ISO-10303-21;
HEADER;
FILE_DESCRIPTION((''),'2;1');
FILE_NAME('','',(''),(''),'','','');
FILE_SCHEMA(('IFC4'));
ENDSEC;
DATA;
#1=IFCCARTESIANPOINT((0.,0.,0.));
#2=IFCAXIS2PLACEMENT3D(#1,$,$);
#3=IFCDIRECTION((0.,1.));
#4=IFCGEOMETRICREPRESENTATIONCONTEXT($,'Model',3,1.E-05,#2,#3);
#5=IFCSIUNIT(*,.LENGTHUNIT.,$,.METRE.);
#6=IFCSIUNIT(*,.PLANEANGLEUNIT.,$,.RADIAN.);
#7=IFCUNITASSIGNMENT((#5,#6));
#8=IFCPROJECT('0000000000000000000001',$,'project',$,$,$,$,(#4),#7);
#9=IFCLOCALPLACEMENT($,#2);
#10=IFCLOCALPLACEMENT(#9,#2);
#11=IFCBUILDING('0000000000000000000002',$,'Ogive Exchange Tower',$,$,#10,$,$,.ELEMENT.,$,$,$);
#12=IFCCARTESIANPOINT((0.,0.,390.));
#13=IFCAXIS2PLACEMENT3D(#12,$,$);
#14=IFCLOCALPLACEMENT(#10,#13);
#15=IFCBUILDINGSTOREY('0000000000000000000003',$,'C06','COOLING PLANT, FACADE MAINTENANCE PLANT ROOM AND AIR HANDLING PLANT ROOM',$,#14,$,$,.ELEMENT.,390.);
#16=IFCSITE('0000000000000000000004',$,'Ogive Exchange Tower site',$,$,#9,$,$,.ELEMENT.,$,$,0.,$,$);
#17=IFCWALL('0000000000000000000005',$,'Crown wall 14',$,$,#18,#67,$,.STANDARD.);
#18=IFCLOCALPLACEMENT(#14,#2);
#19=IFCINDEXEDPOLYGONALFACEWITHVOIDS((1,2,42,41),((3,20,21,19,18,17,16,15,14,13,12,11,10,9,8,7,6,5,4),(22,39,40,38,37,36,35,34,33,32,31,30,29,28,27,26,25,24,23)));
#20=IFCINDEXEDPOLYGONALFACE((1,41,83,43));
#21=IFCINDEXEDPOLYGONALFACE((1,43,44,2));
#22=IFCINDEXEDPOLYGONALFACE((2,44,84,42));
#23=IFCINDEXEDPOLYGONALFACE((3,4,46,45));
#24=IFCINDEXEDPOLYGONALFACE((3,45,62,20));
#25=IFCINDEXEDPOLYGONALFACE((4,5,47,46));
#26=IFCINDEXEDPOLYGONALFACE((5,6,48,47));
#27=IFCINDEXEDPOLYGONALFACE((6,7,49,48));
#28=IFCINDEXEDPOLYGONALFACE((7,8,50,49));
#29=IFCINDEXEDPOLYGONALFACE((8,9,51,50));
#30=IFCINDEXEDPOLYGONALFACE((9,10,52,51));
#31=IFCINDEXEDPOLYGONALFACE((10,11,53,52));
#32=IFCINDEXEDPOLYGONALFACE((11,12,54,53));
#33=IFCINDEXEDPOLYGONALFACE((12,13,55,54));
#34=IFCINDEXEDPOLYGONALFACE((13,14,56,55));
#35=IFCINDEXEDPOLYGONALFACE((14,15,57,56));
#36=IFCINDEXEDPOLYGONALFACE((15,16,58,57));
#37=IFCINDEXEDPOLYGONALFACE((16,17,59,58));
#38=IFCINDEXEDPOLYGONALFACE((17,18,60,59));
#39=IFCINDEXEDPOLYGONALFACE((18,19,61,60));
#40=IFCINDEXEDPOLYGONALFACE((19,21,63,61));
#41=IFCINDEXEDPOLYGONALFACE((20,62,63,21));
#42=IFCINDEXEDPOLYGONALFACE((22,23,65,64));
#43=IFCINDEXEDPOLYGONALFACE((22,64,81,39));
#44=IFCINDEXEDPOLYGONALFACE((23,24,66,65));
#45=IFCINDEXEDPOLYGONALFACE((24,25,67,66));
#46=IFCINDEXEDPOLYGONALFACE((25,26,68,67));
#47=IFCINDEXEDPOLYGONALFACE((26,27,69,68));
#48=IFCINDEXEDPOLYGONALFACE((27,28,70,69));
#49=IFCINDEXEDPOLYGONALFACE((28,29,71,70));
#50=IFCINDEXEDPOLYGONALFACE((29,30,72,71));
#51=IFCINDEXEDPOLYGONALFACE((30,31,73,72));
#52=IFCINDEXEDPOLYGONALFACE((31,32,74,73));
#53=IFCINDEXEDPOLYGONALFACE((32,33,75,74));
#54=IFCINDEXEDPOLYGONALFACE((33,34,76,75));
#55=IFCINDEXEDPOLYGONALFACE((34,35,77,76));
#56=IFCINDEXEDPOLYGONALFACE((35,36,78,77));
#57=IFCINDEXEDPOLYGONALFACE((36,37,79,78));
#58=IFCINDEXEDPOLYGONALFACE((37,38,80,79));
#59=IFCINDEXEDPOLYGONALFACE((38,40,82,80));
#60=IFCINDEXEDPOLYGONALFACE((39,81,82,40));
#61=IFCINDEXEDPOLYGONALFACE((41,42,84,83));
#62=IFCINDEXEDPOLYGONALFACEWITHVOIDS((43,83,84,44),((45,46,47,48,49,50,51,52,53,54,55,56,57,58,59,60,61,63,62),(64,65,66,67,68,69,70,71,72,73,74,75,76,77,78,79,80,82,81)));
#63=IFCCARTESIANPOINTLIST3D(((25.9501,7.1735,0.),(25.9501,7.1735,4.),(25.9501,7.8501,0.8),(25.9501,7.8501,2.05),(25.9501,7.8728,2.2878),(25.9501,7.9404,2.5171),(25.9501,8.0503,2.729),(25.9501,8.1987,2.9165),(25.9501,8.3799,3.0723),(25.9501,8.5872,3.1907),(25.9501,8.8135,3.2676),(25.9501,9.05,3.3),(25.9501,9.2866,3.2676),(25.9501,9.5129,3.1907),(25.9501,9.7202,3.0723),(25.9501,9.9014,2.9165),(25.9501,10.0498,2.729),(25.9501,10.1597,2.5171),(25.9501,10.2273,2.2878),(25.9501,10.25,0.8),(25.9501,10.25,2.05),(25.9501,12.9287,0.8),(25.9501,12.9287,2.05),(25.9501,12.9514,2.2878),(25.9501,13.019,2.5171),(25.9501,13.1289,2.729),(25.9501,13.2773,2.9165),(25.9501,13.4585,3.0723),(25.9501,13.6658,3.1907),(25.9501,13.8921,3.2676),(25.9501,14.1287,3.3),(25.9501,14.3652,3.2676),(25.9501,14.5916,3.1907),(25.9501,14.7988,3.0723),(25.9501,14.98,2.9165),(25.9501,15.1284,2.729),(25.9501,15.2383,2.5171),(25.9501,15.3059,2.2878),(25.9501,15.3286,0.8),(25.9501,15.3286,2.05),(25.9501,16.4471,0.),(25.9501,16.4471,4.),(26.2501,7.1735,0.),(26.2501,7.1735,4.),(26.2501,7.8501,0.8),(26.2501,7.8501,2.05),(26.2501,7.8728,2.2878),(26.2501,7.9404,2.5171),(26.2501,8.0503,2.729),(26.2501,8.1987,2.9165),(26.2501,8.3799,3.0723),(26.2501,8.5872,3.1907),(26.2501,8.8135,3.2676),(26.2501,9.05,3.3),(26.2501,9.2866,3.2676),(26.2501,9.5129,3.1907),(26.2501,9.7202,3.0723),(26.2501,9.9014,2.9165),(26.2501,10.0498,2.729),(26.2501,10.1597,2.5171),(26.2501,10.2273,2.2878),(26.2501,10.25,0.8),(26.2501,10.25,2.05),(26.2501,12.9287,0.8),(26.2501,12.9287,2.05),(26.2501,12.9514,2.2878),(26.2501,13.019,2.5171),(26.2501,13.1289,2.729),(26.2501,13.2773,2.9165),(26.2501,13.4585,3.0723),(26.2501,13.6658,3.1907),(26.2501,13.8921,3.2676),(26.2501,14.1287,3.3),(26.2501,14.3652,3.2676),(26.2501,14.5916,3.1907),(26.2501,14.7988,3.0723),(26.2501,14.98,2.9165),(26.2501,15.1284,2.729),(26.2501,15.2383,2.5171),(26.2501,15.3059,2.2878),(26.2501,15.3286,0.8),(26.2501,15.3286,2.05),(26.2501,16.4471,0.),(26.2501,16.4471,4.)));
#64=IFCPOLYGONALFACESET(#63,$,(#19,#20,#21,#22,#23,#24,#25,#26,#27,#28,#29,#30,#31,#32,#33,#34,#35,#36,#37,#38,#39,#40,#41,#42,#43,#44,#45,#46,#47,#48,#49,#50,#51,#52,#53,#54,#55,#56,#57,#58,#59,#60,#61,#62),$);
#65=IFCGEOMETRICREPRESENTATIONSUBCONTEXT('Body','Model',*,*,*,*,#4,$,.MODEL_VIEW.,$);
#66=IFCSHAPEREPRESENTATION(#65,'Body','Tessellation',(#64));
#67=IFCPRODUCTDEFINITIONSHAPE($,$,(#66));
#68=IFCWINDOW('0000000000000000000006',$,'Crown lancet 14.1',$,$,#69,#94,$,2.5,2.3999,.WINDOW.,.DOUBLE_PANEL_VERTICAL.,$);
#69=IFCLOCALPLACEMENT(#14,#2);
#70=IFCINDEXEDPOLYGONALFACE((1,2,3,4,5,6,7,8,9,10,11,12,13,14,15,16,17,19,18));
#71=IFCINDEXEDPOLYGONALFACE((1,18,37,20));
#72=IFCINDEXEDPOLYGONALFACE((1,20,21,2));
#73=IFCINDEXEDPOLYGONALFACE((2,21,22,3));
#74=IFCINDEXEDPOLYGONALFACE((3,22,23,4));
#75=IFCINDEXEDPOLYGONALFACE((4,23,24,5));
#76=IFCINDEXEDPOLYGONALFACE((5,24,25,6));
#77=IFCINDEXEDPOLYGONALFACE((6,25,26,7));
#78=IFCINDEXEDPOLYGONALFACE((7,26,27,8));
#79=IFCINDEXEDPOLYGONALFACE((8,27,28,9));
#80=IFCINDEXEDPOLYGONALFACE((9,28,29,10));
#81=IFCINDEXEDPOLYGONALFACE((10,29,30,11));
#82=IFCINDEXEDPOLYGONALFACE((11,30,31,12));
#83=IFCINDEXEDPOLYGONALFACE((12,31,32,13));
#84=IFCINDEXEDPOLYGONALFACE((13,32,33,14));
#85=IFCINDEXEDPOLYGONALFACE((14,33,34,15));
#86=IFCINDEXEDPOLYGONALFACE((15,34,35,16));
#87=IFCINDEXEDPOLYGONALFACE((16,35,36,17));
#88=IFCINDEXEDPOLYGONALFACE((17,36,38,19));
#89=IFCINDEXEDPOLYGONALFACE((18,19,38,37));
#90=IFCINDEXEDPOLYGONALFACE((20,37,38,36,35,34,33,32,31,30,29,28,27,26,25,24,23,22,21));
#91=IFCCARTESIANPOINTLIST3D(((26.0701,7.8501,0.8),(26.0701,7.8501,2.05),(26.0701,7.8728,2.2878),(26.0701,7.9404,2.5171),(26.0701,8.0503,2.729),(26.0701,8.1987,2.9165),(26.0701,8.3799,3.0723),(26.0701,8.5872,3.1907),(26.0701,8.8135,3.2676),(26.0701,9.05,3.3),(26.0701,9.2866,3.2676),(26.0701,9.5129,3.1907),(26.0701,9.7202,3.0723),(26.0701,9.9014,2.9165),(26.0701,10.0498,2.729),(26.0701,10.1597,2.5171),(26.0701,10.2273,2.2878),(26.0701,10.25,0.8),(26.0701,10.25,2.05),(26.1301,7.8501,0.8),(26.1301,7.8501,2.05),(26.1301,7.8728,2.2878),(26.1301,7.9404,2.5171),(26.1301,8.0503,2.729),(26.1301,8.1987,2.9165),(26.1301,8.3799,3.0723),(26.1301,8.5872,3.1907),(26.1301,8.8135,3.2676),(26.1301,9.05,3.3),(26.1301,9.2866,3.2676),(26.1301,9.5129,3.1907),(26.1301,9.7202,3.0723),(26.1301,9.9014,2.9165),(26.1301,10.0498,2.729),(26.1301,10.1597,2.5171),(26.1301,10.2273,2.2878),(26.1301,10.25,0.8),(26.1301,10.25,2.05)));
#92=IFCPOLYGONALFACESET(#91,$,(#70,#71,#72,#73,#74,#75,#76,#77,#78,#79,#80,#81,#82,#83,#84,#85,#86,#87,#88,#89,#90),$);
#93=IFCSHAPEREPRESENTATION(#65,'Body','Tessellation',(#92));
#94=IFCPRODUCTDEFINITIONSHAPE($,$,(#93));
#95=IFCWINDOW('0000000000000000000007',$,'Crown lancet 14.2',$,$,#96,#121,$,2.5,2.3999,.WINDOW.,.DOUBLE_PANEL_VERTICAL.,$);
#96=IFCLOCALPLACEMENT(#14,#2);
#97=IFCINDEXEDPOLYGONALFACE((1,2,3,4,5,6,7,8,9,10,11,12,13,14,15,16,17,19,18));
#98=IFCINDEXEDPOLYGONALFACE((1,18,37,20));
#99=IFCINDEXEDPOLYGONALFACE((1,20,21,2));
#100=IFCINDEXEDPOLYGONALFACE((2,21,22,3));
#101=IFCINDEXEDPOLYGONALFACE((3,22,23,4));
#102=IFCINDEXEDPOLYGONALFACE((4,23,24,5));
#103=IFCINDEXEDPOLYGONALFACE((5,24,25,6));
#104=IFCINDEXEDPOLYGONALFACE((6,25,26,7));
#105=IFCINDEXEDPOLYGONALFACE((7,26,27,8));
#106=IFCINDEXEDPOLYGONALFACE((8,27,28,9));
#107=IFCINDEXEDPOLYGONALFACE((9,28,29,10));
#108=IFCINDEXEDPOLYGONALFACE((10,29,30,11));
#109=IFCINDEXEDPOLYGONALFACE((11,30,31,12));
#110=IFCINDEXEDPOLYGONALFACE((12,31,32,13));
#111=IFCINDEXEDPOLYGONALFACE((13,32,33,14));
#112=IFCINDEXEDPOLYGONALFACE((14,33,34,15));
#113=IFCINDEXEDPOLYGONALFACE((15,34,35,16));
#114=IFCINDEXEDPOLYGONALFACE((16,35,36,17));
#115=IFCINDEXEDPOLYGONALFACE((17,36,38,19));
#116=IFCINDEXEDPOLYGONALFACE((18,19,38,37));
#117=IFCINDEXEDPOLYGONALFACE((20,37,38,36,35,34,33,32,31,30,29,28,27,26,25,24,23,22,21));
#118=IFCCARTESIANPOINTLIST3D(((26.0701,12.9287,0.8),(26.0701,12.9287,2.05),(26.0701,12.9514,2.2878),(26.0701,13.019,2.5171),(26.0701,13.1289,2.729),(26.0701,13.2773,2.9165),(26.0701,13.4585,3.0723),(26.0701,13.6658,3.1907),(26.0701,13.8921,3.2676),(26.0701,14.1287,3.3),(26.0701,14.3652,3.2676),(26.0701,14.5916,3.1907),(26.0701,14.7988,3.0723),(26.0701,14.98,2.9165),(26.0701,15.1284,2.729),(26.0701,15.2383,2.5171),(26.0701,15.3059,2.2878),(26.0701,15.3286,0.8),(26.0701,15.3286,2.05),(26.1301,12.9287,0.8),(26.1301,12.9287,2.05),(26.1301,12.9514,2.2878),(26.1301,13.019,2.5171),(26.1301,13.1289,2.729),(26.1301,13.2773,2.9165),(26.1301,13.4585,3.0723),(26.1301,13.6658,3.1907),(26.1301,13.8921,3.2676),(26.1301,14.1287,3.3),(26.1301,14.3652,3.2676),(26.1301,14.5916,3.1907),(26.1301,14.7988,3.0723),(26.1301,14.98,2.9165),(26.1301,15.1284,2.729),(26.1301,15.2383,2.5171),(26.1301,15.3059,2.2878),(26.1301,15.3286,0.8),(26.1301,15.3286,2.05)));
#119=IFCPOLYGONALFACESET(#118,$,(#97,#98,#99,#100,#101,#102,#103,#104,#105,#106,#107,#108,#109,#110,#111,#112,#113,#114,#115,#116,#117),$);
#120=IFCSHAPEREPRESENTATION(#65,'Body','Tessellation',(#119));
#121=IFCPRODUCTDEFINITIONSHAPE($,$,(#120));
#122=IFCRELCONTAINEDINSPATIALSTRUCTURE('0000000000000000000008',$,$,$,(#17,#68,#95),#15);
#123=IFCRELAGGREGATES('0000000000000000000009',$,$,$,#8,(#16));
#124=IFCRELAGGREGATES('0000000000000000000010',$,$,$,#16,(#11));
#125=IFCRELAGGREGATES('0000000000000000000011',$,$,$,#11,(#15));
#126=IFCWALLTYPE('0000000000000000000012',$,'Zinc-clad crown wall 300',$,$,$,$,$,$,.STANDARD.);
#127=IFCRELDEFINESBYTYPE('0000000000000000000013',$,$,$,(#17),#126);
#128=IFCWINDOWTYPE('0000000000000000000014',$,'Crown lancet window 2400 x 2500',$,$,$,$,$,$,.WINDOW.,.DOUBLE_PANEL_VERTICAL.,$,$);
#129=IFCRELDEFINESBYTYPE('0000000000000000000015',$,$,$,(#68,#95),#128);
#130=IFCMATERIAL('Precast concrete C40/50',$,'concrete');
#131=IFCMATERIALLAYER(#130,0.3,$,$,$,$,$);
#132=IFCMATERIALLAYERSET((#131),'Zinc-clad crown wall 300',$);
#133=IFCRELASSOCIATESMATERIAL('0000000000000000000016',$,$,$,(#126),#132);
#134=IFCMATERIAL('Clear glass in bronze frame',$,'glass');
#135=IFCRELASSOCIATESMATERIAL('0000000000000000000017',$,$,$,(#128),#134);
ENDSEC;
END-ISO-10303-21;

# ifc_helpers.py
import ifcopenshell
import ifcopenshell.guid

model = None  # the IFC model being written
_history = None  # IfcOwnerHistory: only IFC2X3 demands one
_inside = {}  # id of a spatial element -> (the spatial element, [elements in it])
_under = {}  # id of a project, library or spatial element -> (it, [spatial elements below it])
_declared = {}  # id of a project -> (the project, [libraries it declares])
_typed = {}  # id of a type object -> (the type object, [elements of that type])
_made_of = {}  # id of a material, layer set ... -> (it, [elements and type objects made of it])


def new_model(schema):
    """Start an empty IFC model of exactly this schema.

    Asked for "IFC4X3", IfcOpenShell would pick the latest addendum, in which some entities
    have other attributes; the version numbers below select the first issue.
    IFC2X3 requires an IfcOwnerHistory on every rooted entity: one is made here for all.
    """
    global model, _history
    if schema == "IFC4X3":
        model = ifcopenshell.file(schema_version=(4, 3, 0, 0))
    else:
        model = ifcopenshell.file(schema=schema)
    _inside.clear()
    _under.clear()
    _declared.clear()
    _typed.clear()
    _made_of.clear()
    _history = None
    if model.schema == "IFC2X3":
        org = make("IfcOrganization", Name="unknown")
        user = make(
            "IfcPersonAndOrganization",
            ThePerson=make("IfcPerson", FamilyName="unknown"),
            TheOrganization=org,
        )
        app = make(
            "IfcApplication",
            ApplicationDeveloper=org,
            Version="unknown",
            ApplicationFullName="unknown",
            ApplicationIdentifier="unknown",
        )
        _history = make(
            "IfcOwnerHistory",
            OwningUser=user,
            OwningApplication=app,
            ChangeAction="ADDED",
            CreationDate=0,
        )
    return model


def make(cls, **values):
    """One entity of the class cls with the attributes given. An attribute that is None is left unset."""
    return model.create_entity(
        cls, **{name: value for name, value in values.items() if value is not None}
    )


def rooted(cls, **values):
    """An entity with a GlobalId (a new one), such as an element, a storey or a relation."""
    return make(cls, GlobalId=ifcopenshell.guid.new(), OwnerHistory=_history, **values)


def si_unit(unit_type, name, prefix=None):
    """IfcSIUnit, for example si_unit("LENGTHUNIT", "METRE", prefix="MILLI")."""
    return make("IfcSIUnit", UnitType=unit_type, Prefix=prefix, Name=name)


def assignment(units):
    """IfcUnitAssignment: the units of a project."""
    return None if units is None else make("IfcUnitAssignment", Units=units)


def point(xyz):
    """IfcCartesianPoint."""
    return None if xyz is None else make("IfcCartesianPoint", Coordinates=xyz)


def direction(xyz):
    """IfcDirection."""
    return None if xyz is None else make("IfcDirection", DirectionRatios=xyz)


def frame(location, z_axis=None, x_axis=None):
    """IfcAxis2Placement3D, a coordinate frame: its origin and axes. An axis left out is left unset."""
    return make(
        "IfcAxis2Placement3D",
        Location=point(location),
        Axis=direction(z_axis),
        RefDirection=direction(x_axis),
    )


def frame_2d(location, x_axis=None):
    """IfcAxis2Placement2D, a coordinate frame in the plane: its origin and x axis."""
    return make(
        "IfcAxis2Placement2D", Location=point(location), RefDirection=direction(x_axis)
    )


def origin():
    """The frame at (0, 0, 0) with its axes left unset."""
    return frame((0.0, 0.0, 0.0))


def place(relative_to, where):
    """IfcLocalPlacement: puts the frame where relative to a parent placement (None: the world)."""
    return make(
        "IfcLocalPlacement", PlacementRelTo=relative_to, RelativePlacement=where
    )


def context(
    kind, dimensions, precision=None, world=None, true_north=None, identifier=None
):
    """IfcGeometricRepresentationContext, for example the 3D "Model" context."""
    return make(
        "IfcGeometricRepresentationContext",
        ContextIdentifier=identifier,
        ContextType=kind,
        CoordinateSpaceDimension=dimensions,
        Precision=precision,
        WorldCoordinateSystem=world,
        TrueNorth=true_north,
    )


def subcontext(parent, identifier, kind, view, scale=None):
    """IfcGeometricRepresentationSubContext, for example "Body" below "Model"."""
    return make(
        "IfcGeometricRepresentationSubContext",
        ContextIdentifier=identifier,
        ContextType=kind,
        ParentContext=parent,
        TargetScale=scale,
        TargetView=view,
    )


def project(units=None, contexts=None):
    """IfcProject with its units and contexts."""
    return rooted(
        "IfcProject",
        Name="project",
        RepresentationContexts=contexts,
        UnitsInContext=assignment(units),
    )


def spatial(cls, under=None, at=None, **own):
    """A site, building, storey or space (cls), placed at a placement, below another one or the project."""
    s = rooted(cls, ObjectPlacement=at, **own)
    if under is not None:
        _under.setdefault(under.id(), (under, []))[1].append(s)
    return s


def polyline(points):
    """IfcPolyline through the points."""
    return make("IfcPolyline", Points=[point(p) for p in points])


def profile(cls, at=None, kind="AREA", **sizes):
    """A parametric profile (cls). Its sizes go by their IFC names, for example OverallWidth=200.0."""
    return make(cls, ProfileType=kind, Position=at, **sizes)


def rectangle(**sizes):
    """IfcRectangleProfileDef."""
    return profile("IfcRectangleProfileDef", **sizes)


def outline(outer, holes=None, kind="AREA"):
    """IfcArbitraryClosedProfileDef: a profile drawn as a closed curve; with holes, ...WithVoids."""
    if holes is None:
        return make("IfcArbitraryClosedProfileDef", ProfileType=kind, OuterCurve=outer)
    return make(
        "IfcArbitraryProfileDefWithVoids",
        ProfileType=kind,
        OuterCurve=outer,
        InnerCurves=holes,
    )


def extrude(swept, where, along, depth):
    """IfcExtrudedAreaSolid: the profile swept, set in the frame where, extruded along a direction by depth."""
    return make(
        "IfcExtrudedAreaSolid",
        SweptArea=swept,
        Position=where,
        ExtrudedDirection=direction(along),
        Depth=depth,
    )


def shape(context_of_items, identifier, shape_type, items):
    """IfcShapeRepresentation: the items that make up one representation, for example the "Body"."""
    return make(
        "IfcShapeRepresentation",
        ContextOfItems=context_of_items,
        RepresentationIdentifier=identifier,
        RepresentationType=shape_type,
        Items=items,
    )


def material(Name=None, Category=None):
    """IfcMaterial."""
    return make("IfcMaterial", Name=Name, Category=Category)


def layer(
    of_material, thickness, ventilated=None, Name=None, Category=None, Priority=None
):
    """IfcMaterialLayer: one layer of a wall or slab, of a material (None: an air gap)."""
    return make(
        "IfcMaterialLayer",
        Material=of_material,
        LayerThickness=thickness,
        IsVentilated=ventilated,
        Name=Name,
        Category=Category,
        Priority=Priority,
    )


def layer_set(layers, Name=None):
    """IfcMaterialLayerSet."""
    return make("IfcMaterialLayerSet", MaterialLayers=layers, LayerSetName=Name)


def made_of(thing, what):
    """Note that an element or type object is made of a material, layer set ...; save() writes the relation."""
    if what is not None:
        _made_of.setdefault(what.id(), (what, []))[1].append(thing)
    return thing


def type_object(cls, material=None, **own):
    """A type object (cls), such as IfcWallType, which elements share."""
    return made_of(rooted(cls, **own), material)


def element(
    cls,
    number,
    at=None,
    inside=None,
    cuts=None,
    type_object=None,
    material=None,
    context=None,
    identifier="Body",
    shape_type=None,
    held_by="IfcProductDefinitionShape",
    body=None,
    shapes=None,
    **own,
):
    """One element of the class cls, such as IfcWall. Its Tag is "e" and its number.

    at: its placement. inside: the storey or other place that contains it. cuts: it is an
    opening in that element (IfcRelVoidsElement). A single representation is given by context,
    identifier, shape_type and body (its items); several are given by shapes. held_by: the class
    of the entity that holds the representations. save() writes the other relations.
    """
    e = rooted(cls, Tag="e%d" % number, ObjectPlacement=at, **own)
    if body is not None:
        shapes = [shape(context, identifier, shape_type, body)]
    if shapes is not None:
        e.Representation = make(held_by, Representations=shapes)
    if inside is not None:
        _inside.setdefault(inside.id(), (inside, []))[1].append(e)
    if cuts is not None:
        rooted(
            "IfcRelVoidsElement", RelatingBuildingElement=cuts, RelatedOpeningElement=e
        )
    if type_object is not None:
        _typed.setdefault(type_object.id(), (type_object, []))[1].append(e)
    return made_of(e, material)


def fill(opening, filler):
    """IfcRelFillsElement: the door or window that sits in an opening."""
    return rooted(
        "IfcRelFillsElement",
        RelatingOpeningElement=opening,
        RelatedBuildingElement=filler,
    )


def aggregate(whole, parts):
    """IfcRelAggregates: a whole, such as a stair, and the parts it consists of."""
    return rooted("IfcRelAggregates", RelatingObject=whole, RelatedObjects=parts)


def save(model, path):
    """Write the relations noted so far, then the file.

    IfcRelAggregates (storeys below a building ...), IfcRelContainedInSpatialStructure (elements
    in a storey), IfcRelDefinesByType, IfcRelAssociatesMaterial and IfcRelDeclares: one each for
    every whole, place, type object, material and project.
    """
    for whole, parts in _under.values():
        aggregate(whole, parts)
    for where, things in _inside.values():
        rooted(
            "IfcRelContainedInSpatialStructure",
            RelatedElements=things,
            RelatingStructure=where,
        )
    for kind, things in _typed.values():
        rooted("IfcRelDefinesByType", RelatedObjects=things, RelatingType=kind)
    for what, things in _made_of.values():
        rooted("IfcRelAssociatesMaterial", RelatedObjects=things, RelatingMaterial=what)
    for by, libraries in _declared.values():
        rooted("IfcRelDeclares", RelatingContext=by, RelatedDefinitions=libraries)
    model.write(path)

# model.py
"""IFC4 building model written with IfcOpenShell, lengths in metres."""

from ifc_helpers import new_model, si_unit, direction, frame, frame_2d, origin, place, context, subcontext, project, spatial, polyline, rectangle, outline, extrude, material, layer, layer_set, type_object, element, fill, save


model = new_model("IFC4")

# Units and contexts
model_context = context("Model", 3, precision=1e-05, world=origin(), true_north=direction((0.0, 1.0)))
body_context = subcontext(model_context, "Body", "Model", "MODEL_VIEW")
ifc_project = project(units=[si_unit("LENGTHUNIT", "METRE"), si_unit("PLANEANGLEUNIT", "RADIAN")], contexts=[model_context])

# Site, building, storey
site_placement = place(None, origin())
site = spatial("IfcSite", under=ifc_project, at=site_placement, Name="Ogive Exchange Tower site", CompositionType="ELEMENT", RefElevation=0.0)
building_placement = place(site_placement, origin())
building = spatial("IfcBuilding", under=site, at=building_placement, Name="Ogive Exchange Tower", CompositionType="ELEMENT")
storey_placement = place(building_placement, frame((0.0, 0.0, 390.0)))
storey = spatial("IfcBuildingStorey", under=building, at=storey_placement, Name="C06", Description="COOLING PLANT, FACADE MAINTENANCE PLANT ROOM AND AIR HANDLING PLANT ROOM", CompositionType="ELEMENT", Elevation=390.0)

# Wall, openings, windows
ifc_material_1 = material(Name="Precast concrete C40/50", Category="concrete")
ifc_layer_1 = layer(ifc_material_1, 0.3)
ifc_layer_set_1 = layer_set([ifc_layer_1], Name="Zinc-clad crown wall 300")
wall_type_1 = type_object("IfcWallType", Name="Zinc-clad crown wall 300", PredefinedType="STANDARD", material=ifc_layer_set_1)
wall_1_placement = place(storey_placement, frame((26.1001, 7.1736, 0.0), z_axis=(0.0, 0.0, 1.0), x_axis=(0.0, 1.0, 0.0)))
wall_1 = element("IfcWall", 1, at=wall_1_placement, inside=storey, type_object=wall_type_1, Name="Crown wall 14", PredefinedType="STANDARD", context=body_context, shape_type="SweptSolid", body=[
    extrude(rectangle(XDim=9.2737, YDim=0.3, at=frame_2d((4.6367, 0.0))), origin(), (0.0, 0.0, 1.0), 4.0),
])
opening_1_placement = place(wall_1_placement, frame((0.6765, 0.0, 0.8)))
opening_1 = element("IfcOpeningElement", 2, at=opening_1_placement, cuts=wall_1, PredefinedType="OPENING", context=body_context, shape_type="SweptSolid", body=[
    extrude(outline(polyline([(0.0, 0.0), (2.3999, 0.0), (2.3999, 1.25), (2.3772, 1.4878), (2.3096, 1.717), (2.1997, 1.929), (2.0513, 2.1165), (1.8701, 2.2722), (1.6628, 2.3906), (1.4365, 2.4675), (1.2, 2.5), (0.9634, 2.4675), (0.7371, 2.3906), (0.5298, 2.2722), (0.3486, 2.1165), (0.2002, 1.929), (0.0903, 1.717), (0.0227, 1.4878), (0.0, 1.25), (0.0, 0.0)])), frame((0.0, 0.1599, 0.0), z_axis=(0.0, -1.0, 0.0), x_axis=(1.0, 0.0, 0.0)), (0.0, 0.0, 1.0), 0.3201),
])
opening_2_placement = place(wall_1_placement, frame((5.7551, 0.0, 0.8)))
opening_2 = element("IfcOpeningElement", 3, at=opening_2_placement, cuts=wall_1, PredefinedType="OPENING", context=body_context, shape_type="SweptSolid", body=[
    extrude(outline(polyline([(0.0, 0.0), (2.3999, 0.0), (2.3999, 1.25), (2.3772, 1.4878), (2.3096, 1.717), (2.1997, 1.929), (2.0513, 2.1165), (1.8701, 2.2722), (1.6628, 2.3906), (1.4365, 2.4675), (1.2, 2.5), (0.9634, 2.4675), (0.7371, 2.3906), (0.5298, 2.2722), (0.3486, 2.1165), (0.2002, 1.929), (0.0903, 1.717), (0.0227, 1.4878), (0.0, 1.25), (0.0, 0.0)])), frame((0.0, 0.1599, 0.0), z_axis=(0.0, -1.0, 0.0), x_axis=(1.0, 0.0, 0.0)), (0.0, 0.0, 1.0), 0.3201),
])
ifc_material_2 = material(Name="Clear glass in bronze frame", Category="glass")
window_type_1 = type_object("IfcWindowType", Name="Crown lancet window 2400 x 2500", PartitioningType="DOUBLE_PANEL_VERTICAL", PredefinedType="WINDOW", material=ifc_material_2)
window_1_placement = place(opening_1_placement, origin())
window_1 = element("IfcWindow", 4, at=window_1_placement, inside=storey, type_object=window_type_1, Name="Crown lancet 14.1", OverallHeight=2.5, OverallWidth=2.3999, PartitioningType="DOUBLE_PANEL_VERTICAL", PredefinedType="WINDOW", context=body_context, shape_type="SweptSolid", body=[
    extrude(outline(polyline([(0.0, 0.0), (2.3999, 0.0), (2.3999, 1.25), (2.3772, 1.4878), (2.3096, 1.717), (2.1997, 1.929), (2.0513, 2.1165), (1.8701, 2.2722), (1.6628, 2.3906), (1.4365, 2.4675), (1.2, 2.5), (0.9634, 2.4675), (0.7371, 2.3906), (0.5298, 2.2722), (0.3486, 2.1165), (0.2002, 1.929), (0.0903, 1.717), (0.0227, 1.4878), (0.0, 1.25), (0.0, 0.0)])), frame((0.0, 0.03, 0.0), z_axis=(0.0, -1.0, 0.0), x_axis=(1.0, 0.0, 0.0)), (0.0, 0.0, 1.0), 0.0601),
])
fill(opening_1, window_1)
window_2_placement = place(opening_2_placement, origin())
window_2 = element("IfcWindow", 5, at=window_2_placement, inside=storey, type_object=window_type_1, Name="Crown lancet 14.2", OverallHeight=2.5, OverallWidth=2.3999, PartitioningType="DOUBLE_PANEL_VERTICAL", PredefinedType="WINDOW", context=body_context, shape_type="SweptSolid", body=[
    extrude(outline(polyline([(0.0, 0.0), (2.3999, 0.0), (2.3999, 1.25), (2.3772, 1.4878), (2.3096, 1.717), (2.1997, 1.929), (2.0513, 2.1165), (1.8701, 2.2722), (1.6628, 2.3906), (1.4365, 2.4675), (1.2, 2.5), (0.9634, 2.4675), (0.7371, 2.3906), (0.5298, 2.2722), (0.3486, 2.1165), (0.2002, 1.929), (0.0903, 1.717), (0.0227, 1.4878), (0.0, 1.25), (0.0, 0.0)])), frame((0.0, 0.03, 0.0), z_axis=(0.0, -1.0, 0.0), x_axis=(1.0, 0.0, 0.0)), (0.0, 0.0, 1.0), 0.0601),
])
fill(opening_2, window_2)

save(model, "model.ifc")
